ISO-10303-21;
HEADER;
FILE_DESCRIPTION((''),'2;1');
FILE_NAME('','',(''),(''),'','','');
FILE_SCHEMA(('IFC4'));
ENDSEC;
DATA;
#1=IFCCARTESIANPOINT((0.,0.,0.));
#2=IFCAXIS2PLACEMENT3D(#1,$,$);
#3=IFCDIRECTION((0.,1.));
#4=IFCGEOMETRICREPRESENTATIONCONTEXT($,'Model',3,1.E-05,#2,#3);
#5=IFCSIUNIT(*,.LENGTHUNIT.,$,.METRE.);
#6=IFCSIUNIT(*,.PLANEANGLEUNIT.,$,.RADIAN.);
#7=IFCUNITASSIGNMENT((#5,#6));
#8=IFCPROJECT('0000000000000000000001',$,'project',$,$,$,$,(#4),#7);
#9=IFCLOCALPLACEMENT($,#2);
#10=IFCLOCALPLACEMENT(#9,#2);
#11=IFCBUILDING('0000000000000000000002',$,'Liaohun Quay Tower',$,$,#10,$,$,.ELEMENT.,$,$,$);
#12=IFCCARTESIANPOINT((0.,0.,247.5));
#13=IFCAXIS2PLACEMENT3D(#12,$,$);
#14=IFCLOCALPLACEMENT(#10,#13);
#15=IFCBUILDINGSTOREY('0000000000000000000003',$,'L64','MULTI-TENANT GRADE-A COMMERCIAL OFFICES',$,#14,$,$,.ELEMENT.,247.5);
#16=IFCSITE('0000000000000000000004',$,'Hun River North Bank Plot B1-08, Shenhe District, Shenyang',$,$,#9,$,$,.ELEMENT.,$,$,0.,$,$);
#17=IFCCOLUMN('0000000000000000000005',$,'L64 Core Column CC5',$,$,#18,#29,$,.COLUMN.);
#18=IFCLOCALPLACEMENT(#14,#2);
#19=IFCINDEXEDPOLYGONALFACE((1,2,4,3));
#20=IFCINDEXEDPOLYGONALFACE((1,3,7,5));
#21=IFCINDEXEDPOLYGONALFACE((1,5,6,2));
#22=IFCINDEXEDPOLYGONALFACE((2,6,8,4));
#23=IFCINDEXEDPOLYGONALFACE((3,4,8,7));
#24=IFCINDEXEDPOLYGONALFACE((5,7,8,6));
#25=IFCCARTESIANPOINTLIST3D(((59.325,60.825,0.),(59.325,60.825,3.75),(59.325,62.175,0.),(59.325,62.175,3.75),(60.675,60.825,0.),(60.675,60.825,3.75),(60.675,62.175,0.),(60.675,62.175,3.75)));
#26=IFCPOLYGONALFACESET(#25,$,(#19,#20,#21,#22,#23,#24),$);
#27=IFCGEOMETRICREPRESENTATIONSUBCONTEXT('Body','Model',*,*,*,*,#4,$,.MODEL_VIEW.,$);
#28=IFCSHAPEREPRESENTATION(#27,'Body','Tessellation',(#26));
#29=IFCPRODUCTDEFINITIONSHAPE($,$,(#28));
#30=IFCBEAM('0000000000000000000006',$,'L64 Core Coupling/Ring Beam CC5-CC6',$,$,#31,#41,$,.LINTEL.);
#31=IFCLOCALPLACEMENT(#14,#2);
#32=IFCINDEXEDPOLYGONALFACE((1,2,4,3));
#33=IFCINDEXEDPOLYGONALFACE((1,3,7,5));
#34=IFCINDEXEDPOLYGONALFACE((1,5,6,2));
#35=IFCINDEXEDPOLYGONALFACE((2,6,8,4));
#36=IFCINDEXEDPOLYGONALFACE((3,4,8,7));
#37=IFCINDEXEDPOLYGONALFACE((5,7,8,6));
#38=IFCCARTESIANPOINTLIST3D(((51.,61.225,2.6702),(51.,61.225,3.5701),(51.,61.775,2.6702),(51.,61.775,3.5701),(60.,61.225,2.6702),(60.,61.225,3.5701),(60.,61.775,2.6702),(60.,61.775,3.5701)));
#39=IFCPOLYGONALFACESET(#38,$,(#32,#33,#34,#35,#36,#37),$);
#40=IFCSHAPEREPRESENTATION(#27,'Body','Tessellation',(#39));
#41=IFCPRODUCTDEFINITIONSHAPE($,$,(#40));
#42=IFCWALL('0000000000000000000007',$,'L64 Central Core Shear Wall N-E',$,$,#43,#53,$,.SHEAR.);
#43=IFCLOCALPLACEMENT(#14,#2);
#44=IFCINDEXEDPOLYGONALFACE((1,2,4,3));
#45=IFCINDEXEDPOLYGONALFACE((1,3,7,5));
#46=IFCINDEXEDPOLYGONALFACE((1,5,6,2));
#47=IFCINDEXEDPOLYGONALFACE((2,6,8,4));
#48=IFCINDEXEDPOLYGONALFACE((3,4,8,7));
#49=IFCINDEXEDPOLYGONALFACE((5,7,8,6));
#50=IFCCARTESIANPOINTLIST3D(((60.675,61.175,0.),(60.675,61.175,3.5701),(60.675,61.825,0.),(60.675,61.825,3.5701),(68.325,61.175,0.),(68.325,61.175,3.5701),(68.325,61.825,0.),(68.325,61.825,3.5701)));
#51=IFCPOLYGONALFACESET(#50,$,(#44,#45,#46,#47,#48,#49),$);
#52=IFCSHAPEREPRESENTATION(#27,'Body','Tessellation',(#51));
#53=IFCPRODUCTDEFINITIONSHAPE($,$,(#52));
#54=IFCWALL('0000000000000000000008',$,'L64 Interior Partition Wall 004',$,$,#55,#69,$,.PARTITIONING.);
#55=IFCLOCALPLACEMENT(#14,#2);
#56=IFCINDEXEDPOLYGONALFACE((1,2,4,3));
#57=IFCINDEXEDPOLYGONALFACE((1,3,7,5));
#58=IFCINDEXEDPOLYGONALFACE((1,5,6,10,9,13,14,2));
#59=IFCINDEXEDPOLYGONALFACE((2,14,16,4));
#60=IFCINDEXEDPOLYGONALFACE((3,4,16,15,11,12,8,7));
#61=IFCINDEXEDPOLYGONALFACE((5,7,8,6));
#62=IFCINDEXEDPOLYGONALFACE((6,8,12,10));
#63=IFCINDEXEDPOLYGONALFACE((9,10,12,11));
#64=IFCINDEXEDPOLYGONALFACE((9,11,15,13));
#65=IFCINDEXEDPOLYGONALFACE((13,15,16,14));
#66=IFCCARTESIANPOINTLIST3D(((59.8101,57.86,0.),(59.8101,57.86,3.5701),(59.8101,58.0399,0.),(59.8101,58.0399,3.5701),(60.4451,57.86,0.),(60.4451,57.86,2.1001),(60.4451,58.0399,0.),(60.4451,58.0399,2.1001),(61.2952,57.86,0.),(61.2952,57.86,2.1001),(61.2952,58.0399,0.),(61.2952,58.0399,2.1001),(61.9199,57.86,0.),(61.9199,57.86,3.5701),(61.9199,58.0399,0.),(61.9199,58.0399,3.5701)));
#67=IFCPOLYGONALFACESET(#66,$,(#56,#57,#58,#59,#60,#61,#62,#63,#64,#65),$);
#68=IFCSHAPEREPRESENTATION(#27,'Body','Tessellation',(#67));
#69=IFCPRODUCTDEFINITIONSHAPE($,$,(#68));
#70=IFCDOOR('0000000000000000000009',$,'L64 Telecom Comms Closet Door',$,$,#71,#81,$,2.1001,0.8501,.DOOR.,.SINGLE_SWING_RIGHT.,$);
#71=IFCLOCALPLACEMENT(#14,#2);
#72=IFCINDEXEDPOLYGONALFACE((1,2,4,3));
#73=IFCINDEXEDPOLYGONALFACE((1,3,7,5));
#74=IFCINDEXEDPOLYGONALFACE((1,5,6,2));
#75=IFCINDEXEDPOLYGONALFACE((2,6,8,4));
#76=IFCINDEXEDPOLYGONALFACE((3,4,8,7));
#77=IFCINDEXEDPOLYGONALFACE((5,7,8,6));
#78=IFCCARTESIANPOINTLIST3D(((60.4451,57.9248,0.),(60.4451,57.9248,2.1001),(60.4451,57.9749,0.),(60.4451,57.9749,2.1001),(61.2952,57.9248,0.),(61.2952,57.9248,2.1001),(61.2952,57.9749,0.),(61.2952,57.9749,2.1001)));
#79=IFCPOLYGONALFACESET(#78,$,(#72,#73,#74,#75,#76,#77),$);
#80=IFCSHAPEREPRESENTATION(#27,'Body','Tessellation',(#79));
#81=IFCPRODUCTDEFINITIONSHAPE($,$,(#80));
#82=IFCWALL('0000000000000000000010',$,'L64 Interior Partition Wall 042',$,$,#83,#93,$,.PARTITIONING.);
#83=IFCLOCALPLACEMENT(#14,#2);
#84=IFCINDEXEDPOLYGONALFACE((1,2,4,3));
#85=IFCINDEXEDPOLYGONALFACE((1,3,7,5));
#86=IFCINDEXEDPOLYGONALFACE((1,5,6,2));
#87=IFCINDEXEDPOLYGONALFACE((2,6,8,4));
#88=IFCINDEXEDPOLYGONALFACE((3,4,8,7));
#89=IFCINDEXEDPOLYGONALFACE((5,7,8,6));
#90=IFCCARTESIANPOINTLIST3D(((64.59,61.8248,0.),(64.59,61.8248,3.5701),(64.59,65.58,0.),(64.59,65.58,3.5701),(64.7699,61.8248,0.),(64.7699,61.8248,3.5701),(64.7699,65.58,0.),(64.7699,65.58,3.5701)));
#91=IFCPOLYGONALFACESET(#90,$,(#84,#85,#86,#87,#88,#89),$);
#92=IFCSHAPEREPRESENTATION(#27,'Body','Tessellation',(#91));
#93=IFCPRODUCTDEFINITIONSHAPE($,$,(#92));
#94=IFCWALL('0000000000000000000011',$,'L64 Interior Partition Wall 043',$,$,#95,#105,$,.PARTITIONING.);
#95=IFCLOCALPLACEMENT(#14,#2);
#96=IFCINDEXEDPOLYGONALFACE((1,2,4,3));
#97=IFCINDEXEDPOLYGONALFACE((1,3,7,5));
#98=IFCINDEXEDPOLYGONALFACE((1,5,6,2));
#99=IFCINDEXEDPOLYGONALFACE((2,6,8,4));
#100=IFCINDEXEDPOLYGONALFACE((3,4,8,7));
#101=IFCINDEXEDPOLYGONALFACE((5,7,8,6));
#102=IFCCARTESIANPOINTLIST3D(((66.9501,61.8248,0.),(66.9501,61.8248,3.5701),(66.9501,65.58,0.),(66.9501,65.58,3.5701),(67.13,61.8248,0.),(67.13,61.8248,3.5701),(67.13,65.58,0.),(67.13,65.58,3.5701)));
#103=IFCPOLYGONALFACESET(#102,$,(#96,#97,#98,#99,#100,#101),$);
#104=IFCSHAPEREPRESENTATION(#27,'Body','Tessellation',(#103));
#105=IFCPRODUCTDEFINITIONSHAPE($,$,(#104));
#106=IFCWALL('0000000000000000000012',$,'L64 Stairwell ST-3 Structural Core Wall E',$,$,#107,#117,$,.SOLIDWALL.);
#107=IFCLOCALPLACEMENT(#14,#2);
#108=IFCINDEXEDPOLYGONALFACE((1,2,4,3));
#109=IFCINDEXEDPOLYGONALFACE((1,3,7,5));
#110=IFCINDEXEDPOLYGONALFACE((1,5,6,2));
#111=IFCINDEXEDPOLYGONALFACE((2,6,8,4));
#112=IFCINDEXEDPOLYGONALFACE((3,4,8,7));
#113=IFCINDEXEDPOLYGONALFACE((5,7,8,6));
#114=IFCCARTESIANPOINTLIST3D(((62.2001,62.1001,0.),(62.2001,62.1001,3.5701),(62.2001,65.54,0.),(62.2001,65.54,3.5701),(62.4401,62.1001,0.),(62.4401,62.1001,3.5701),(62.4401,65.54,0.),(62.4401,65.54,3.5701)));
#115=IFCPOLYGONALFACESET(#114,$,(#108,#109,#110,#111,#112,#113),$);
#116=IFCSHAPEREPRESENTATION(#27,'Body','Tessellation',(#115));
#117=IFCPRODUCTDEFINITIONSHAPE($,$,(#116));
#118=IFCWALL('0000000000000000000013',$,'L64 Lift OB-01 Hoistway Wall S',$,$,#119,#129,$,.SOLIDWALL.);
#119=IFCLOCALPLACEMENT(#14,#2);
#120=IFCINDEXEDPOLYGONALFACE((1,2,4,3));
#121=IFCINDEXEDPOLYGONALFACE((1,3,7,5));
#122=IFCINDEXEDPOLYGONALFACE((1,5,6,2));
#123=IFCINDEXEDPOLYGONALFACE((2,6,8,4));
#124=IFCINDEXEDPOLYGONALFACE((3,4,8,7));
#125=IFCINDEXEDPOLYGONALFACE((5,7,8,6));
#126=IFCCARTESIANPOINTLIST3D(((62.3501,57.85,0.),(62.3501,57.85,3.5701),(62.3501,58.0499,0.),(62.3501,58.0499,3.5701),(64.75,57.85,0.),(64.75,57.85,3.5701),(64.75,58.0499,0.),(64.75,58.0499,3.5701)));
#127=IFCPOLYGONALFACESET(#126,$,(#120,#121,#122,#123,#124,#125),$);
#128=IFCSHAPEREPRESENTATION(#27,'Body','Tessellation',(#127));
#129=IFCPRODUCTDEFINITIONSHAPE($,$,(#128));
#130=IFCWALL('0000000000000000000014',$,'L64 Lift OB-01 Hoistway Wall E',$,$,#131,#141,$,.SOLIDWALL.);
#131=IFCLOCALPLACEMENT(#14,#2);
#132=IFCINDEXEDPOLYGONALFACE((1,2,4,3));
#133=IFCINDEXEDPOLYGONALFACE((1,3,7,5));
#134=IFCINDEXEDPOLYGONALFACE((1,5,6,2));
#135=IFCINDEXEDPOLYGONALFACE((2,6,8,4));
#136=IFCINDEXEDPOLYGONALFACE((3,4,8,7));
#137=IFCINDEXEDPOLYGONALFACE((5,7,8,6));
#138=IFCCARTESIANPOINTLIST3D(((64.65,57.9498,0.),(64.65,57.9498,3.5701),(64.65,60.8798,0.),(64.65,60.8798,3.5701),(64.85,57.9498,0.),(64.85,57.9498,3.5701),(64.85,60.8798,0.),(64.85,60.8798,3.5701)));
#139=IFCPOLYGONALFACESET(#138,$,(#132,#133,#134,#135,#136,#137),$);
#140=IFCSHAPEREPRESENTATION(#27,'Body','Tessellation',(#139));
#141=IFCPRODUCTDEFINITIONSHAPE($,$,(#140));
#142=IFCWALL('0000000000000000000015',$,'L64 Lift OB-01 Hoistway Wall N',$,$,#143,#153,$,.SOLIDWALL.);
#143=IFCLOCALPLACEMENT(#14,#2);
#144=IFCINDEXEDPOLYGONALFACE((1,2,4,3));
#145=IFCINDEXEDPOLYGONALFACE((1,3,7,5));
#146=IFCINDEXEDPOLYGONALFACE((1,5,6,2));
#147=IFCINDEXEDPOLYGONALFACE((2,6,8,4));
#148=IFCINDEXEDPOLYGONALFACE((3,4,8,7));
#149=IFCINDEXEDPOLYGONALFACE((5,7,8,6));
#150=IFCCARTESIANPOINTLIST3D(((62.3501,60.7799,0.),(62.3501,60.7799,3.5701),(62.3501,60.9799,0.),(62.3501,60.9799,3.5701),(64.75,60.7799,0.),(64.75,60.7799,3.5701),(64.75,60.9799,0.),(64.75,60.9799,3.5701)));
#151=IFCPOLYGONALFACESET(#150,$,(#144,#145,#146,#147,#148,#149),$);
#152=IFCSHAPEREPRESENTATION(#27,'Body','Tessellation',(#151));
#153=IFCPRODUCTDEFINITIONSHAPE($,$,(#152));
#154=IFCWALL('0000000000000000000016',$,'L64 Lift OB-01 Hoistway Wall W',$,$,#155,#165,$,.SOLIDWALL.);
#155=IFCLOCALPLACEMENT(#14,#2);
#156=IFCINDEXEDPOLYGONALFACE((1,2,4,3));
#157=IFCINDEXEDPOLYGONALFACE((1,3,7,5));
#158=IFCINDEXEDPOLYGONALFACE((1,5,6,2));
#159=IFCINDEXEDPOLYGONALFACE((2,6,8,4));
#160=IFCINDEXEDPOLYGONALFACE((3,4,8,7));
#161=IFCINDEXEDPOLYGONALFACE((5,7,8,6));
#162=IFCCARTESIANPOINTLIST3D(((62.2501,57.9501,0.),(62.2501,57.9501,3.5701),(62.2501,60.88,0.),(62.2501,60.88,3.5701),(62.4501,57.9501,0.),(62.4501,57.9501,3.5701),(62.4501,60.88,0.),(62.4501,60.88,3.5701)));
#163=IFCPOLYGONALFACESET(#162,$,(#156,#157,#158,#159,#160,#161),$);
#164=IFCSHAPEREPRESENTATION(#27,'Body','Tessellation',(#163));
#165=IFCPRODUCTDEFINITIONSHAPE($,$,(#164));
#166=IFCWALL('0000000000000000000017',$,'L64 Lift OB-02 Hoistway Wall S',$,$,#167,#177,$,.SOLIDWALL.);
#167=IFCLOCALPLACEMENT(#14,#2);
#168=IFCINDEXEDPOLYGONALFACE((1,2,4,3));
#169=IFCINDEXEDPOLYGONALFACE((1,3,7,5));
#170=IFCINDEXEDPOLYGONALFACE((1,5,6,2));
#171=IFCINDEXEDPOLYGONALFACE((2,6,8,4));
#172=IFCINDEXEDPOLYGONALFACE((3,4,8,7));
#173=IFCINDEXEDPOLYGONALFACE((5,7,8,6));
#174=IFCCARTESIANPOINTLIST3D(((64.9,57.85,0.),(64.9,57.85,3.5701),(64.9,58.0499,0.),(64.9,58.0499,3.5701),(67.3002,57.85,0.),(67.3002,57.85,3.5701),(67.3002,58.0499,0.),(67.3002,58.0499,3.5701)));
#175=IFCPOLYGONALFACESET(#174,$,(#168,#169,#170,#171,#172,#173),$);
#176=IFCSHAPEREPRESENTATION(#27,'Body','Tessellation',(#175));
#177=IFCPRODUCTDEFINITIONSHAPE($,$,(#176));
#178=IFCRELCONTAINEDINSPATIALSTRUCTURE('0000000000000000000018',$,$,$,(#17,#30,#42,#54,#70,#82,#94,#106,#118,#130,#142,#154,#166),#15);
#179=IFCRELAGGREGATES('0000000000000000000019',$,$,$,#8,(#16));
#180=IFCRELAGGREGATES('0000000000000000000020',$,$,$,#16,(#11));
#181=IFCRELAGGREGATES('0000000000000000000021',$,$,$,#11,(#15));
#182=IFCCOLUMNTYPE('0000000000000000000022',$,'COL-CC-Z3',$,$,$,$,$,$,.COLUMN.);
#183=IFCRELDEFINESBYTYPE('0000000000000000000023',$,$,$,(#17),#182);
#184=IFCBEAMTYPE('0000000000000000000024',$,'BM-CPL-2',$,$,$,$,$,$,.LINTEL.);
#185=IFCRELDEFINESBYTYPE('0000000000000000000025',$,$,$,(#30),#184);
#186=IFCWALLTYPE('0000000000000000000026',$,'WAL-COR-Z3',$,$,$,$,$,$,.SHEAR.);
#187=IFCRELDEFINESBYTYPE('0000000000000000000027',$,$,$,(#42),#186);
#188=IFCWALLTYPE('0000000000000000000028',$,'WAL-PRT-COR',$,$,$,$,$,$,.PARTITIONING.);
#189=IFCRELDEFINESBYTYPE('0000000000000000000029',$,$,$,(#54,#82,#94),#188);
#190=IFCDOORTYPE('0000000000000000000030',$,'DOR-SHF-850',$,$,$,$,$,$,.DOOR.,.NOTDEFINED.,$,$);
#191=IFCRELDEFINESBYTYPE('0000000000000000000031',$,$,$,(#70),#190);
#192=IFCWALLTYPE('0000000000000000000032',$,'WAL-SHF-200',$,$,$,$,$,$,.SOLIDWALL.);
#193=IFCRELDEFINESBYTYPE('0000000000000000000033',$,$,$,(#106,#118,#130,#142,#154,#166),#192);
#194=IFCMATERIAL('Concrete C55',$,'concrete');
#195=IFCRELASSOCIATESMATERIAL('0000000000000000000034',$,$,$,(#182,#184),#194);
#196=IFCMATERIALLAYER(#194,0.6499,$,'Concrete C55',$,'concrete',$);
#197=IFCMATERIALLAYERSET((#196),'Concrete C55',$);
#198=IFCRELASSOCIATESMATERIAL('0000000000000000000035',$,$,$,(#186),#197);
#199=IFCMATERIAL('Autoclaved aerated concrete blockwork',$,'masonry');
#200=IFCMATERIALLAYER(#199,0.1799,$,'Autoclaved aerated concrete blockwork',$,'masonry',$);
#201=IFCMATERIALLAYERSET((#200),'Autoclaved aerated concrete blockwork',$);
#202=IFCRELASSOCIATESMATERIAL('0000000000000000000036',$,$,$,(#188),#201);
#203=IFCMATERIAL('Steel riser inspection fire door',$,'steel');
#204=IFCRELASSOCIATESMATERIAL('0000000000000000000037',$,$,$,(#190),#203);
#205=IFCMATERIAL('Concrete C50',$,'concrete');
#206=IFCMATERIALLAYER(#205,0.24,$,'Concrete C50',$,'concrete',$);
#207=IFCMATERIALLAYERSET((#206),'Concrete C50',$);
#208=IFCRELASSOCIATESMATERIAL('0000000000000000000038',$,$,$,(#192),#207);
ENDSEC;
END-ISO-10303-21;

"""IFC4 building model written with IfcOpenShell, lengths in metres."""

from ifc_helpers import new_model, si_unit, direction, frame, frame_2d, origin, origin_2d, place, context, subcontext, project, spatial, rectangle, extrude, source, transform, mapped, material, layer, layer_set, material_profile, profile_set, type_object, element, fill, save


model = new_model("IFC4")

# Units and contexts
model_context = context("Model", 3, precision=1e-05, world=origin(), true_north=direction((0.0, 1.0)))
body_context = subcontext(model_context, "Body", "Model", "MODEL_VIEW")
ifc_project = project(units=[si_unit("LENGTHUNIT", "METRE"), si_unit("PLANEANGLEUNIT", "RADIAN")], contexts=[model_context])

# Site, building, storey
site_placement = place(None, origin())
site = spatial("IfcSite", under=ifc_project, at=site_placement, Name="Hun River North Bank Plot B1-08, Shenhe District, Shenyang", CompositionType="ELEMENT", RefElevation=0.0)
building_placement = place(site_placement, origin())
building = spatial("IfcBuilding", under=site, at=building_placement, Name="Liaohun Quay Tower", CompositionType="ELEMENT")
storey_placement = place(building_placement, frame((0.0, 0.0, 247.5)))
storey = spatial("IfcBuildingStorey", under=building, at=storey_placement, Name="L64", Description="MULTI-TENANT GRADE-A COMMERCIAL OFFICES", CompositionType="ELEMENT", Elevation=247.5)

# Column
ifc_material_1 = material(Name="Concrete C55", Category="concrete")
ifc_material_profile_1 = material_profile(ifc_material_1, rectangle(XDim=1.3501, YDim=1.3501, at=origin_2d()), Name="RC1350x1350")
ifc_profile_set_1 = profile_set([ifc_material_profile_1], Name="Concrete C55")
column_type = type_object("IfcColumnType", Name="COL-CC-Z3", PredefinedType="COLUMN", material=ifc_profile_set_1)
shared_shape_1 = source(origin(), body_context, "Body", "SweptSolid", [
    extrude(rectangle(XDim=1.3501, YDim=1.3501, at=origin_2d()), origin(), (0.0, 0.0, 1.0), 3.75),
])
column_placement = place(storey_placement, frame((60.0, 61.5, 0.0), z_axis=(0.0, 0.0, 1.0), x_axis=(1.0, 0.0, 0.0)))
element("IfcColumn", 1, at=column_placement, inside=storey, type_object=column_type, Name="L64 Core Column CC5", PredefinedType="COLUMN", context=body_context, shape_type="MappedRepresentation", body=[
    mapped(shared_shape_1, transform((0.0, 0.0, 0.0), x_axis=(1.0, 0.0, 0.0), y_axis=(0.0, 1.0, 0.0), z_axis=(0.0, 0.0, 1.0), scale=1.0)),
])

# Beam
ifc_material_profile_2 = material_profile(ifc_material_1, rectangle(XDim=0.55, YDim=0.8999, at=origin_2d()), Name="RC550x900")
ifc_profile_set_2 = profile_set([ifc_material_profile_2], Name="Concrete C55")
beam_type = type_object("IfcBeamType", Name="BM-CPL-2", PredefinedType="LINTEL", material=ifc_profile_set_2)
shared_shape_2 = source(origin(), body_context, "Body", "SweptSolid", [
    extrude(rectangle(XDim=0.55, YDim=0.8999, at=origin_2d()), origin(), (0.0, 0.0, 1.0), 9.0),
])
beam_placement = place(storey_placement, frame((60.0, 61.5, 3.1201), z_axis=(-1.0, 0.0, 0.0), x_axis=(0.0, -1.0, 0.0)))
element("IfcBeam", 2, at=beam_placement, inside=storey, type_object=beam_type, Name="L64 Core Coupling/Ring Beam CC5-CC6", PredefinedType="LINTEL", context=body_context, shape_type="MappedRepresentation", body=[
    mapped(shared_shape_2, transform((0.0, 0.0, 0.0), x_axis=(1.0, 0.0, 0.0), y_axis=(0.0, 1.0, 0.0), z_axis=(0.0, 0.0, 1.0), scale=1.0)),
])

# Wall
ifc_layer_1 = layer(ifc_material_1, 0.6499, Name="Concrete C55", Category="concrete")
ifc_layer_set_1 = layer_set([ifc_layer_1], Name="Concrete C55")
wall_type_1 = type_object("IfcWallType", Name="WAL-COR-Z3", PredefinedType="SHEAR", material=ifc_layer_set_1)
wall_1_placement = place(storey_placement, frame((60.675, 61.5, 0.0), z_axis=(0.0, 0.0, 1.0), x_axis=(1.0, 0.0, 0.0)))
element("IfcWall", 3, at=wall_1_placement, inside=storey, type_object=wall_type_1, Name="L64 Central Core Shear Wall N-E", PredefinedType="SHEAR", context=body_context, shape_type="SweptSolid", body=[
    extrude(rectangle(XDim=7.6499, YDim=0.6499, at=frame_2d((3.825, 0.0))), origin(), (0.0, 0.0, 1.0), 3.5701),
])

# Wall, opening, door
ifc_material_2 = material(Name="Autoclaved aerated concrete blockwork", Category="masonry")
ifc_layer_2 = layer(ifc_material_2, 0.1799, Name="Autoclaved aerated concrete blockwork", Category="masonry")
ifc_layer_set_2 = layer_set([ifc_layer_2], Name="Autoclaved aerated concrete blockwork")
wall_type_2 = type_object("IfcWallType", Name="WAL-PRT-COR", PredefinedType="PARTITIONING", material=ifc_layer_set_2)
wall_2_placement = place(storey_placement, frame((59.8101, 57.95, 0.0), z_axis=(0.0, 0.0, 1.0), x_axis=(1.0, 0.0, 0.0)))
wall_2 = element("IfcWall", 4, at=wall_2_placement, inside=storey, type_object=wall_type_2, Name="L64 Interior Partition Wall 004", PredefinedType="PARTITIONING", context=body_context, shape_type="SweptSolid", body=[
    extrude(rectangle(XDim=2.1099, YDim=0.1799, at=frame_2d((1.0549, 0.0))), origin(), (0.0, 0.0, 1.0), 3.5701),
])
shared_shape_3 = source(origin(), body_context, "Body", "SweptSolid", [
    extrude(rectangle(XDim=0.8501, YDim=2.1001, at=frame_2d((0.425, 1.05))), frame((0.0, 0.0999, 0.0), z_axis=(0.0, -1.0, 0.0), x_axis=(1.0, 0.0, 0.0)), (0.0, 0.0, 1.0), 0.2),
])
opening_placement = place(wall_2_placement, frame((0.635, 0.0, 0.0)))
opening = element("IfcOpeningElement", 5, at=opening_placement, cuts=wall_2, PredefinedType="OPENING", context=body_context, shape_type="MappedRepresentation", body=[
    mapped(shared_shape_3, transform((0.0, 0.0, 0.0), x_axis=(1.0, 0.0, 0.0), y_axis=(0.0, 1.0, 0.0), z_axis=(0.0, 0.0, 1.0), scale=1.0)),
])
ifc_material_3 = material(Name="Steel riser inspection fire door", Category="steel")
door_type = type_object("IfcDoorType", Name="DOR-SHF-850", OperationType="NOTDEFINED", PredefinedType="DOOR", material=ifc_material_3)
shared_shape_4 = source(origin(), body_context, "Body", "SweptSolid", [
    extrude(rectangle(XDim=0.8501, YDim=2.1001, at=frame_2d((0.425, 1.05))), frame((0.0, 0.0249, 0.0), z_axis=(0.0, -1.0, 0.0), x_axis=(1.0, 0.0, 0.0)), (0.0, 0.0, 1.0), 0.05),
])
door_placement = place(opening_placement, origin())
door = element("IfcDoor", 6, at=door_placement, inside=storey, type_object=door_type, Name="L64 Telecom Comms Closet Door", OperationType="SINGLE_SWING_RIGHT", OverallHeight=2.1001, OverallWidth=0.8501, PredefinedType="DOOR", context=body_context, shape_type="MappedRepresentation", body=[
    mapped(shared_shape_4, transform((0.0, 0.0, 0.0), x_axis=(1.0, 0.0, 0.0), y_axis=(0.0, 1.0, 0.0), z_axis=(0.0, 0.0, 1.0), scale=1.0)),
])
fill(opening, door)

# Walls
for number, where, z_axis, x_axis, name in (
    (7, (64.6799, 61.825, 0.0), (0.0, 0.0, 1.0), (0.0, 1.0, 0.0), "L64 Interior Partition Wall 042"),
    (8, (67.04, 61.825, 0.0), (0.0, 0.0, 1.0), (0.0, 1.0, 0.0), "L64 Interior Partition Wall 043"),
):
    element("IfcWall", number, at=place(storey_placement, frame(where, z_axis=z_axis, x_axis=x_axis)), inside=storey, type_object=wall_type_2, Name=name, PredefinedType="PARTITIONING", context=body_context, shape_type="SweptSolid", body=[
        extrude(rectangle(XDim=3.7551, YDim=0.1799, at=frame_2d((1.8774, 0.0))), origin(), (0.0, 0.0, 1.0), 3.5701),
    ])
ifc_material_4 = material(Name="Concrete C50", Category="concrete")
ifc_layer_3 = layer(ifc_material_4, 0.24, Name="Concrete C50", Category="concrete")
ifc_layer_set_3 = layer_set([ifc_layer_3], Name="Concrete C50")
wall_type_3 = type_object("IfcWallType", Name="WAL-SHF-200", PredefinedType="SOLIDWALL", material=ifc_layer_set_3)
wall_3_placement = place(storey_placement, frame((62.3201, 62.1001, 0.0), z_axis=(0.0, 0.0, 1.0), x_axis=(0.0, 1.0, 0.0)))
element("IfcWall", 9, at=wall_3_placement, inside=storey, type_object=wall_type_3, Name="L64 Stairwell ST-3 Structural Core Wall E", PredefinedType="SOLIDWALL", context=body_context, shape_type="SweptSolid", body=[
    extrude(rectangle(XDim=3.4399, YDim=0.24, at=frame_2d((1.72, 0.0))), origin(), (0.0, 0.0, 1.0), 3.5701),
])
wall_4_placement = place(storey_placement, frame((62.3501, 57.95, 0.0), z_axis=(0.0, 0.0, 1.0), x_axis=(1.0, 0.0, 0.0)))
element("IfcWall", 10, at=wall_4_placement, inside=storey, type_object=wall_type_3, Name="L64 Lift OB-01 Hoistway Wall S", PredefinedType="SOLIDWALL", context=body_context, shape_type="SweptSolid", body=[
    extrude(rectangle(XDim=2.3999, YDim=0.2, at=frame_2d((1.2, 0.0))), origin(), (0.0, 0.0, 1.0), 3.5701),
])
wall_5_placement = place(storey_placement, frame((64.75, 57.95, 0.0), z_axis=(0.0, 0.0, 1.0), x_axis=(0.0, 1.0, 0.0)))
element("IfcWall", 11, at=wall_5_placement, inside=storey, type_object=wall_type_3, Name="L64 Lift OB-01 Hoistway Wall E", PredefinedType="SOLIDWALL", context=body_context, shape_type="SweptSolid", body=[
    extrude(rectangle(XDim=2.9299, YDim=0.2, at=frame_2d((1.4648, 0.0))), origin(), (0.0, 0.0, 1.0), 3.5701),
])
wall_6_placement = place(storey_placement, frame((64.75, 60.8799, 0.0), z_axis=(0.0, 0.0, 1.0), x_axis=(-1.0, 0.0, 0.0)))
element("IfcWall", 12, at=wall_6_placement, inside=storey, type_object=wall_type_3, Name="L64 Lift OB-01 Hoistway Wall N", PredefinedType="SOLIDWALL", context=body_context, shape_type="SweptSolid", body=[
    extrude(rectangle(XDim=2.3999, YDim=0.2, at=frame_2d((1.2, 0.0))), origin(), (0.0, 0.0, 1.0), 3.5701),
])
wall_7_placement = place(storey_placement, frame((62.3501, 60.8799, 0.0), z_axis=(0.0, 0.0, 1.0), x_axis=(0.0, -1.0, 0.0)))
element("IfcWall", 13, at=wall_7_placement, inside=storey, type_object=wall_type_3, Name="L64 Lift OB-01 Hoistway Wall W", PredefinedType="SOLIDWALL", context=body_context, shape_type="SweptSolid", body=[
    extrude(rectangle(XDim=2.9299, YDim=0.2, at=frame_2d((1.4648, 0.0))), origin(), (0.0, 0.0, 1.0), 3.5701),
])
wall_8_placement = place(storey_placement, frame((64.8999, 57.95, 0.0), z_axis=(0.0, 0.0, 1.0), x_axis=(1.0, 0.0, 0.0)))
element("IfcWall", 14, at=wall_8_placement, inside=storey, type_object=wall_type_3, Name="L64 Lift OB-02 Hoistway Wall S", PredefinedType="SOLIDWALL", context=body_context, shape_type="SweptSolid", body=[
    extrude(rectangle(XDim=2.4001, YDim=0.2, at=frame_2d((1.2002, 0.0))), origin(), (0.0, 0.0, 1.0), 3.5701),
])

save(model, "model.ifc")
